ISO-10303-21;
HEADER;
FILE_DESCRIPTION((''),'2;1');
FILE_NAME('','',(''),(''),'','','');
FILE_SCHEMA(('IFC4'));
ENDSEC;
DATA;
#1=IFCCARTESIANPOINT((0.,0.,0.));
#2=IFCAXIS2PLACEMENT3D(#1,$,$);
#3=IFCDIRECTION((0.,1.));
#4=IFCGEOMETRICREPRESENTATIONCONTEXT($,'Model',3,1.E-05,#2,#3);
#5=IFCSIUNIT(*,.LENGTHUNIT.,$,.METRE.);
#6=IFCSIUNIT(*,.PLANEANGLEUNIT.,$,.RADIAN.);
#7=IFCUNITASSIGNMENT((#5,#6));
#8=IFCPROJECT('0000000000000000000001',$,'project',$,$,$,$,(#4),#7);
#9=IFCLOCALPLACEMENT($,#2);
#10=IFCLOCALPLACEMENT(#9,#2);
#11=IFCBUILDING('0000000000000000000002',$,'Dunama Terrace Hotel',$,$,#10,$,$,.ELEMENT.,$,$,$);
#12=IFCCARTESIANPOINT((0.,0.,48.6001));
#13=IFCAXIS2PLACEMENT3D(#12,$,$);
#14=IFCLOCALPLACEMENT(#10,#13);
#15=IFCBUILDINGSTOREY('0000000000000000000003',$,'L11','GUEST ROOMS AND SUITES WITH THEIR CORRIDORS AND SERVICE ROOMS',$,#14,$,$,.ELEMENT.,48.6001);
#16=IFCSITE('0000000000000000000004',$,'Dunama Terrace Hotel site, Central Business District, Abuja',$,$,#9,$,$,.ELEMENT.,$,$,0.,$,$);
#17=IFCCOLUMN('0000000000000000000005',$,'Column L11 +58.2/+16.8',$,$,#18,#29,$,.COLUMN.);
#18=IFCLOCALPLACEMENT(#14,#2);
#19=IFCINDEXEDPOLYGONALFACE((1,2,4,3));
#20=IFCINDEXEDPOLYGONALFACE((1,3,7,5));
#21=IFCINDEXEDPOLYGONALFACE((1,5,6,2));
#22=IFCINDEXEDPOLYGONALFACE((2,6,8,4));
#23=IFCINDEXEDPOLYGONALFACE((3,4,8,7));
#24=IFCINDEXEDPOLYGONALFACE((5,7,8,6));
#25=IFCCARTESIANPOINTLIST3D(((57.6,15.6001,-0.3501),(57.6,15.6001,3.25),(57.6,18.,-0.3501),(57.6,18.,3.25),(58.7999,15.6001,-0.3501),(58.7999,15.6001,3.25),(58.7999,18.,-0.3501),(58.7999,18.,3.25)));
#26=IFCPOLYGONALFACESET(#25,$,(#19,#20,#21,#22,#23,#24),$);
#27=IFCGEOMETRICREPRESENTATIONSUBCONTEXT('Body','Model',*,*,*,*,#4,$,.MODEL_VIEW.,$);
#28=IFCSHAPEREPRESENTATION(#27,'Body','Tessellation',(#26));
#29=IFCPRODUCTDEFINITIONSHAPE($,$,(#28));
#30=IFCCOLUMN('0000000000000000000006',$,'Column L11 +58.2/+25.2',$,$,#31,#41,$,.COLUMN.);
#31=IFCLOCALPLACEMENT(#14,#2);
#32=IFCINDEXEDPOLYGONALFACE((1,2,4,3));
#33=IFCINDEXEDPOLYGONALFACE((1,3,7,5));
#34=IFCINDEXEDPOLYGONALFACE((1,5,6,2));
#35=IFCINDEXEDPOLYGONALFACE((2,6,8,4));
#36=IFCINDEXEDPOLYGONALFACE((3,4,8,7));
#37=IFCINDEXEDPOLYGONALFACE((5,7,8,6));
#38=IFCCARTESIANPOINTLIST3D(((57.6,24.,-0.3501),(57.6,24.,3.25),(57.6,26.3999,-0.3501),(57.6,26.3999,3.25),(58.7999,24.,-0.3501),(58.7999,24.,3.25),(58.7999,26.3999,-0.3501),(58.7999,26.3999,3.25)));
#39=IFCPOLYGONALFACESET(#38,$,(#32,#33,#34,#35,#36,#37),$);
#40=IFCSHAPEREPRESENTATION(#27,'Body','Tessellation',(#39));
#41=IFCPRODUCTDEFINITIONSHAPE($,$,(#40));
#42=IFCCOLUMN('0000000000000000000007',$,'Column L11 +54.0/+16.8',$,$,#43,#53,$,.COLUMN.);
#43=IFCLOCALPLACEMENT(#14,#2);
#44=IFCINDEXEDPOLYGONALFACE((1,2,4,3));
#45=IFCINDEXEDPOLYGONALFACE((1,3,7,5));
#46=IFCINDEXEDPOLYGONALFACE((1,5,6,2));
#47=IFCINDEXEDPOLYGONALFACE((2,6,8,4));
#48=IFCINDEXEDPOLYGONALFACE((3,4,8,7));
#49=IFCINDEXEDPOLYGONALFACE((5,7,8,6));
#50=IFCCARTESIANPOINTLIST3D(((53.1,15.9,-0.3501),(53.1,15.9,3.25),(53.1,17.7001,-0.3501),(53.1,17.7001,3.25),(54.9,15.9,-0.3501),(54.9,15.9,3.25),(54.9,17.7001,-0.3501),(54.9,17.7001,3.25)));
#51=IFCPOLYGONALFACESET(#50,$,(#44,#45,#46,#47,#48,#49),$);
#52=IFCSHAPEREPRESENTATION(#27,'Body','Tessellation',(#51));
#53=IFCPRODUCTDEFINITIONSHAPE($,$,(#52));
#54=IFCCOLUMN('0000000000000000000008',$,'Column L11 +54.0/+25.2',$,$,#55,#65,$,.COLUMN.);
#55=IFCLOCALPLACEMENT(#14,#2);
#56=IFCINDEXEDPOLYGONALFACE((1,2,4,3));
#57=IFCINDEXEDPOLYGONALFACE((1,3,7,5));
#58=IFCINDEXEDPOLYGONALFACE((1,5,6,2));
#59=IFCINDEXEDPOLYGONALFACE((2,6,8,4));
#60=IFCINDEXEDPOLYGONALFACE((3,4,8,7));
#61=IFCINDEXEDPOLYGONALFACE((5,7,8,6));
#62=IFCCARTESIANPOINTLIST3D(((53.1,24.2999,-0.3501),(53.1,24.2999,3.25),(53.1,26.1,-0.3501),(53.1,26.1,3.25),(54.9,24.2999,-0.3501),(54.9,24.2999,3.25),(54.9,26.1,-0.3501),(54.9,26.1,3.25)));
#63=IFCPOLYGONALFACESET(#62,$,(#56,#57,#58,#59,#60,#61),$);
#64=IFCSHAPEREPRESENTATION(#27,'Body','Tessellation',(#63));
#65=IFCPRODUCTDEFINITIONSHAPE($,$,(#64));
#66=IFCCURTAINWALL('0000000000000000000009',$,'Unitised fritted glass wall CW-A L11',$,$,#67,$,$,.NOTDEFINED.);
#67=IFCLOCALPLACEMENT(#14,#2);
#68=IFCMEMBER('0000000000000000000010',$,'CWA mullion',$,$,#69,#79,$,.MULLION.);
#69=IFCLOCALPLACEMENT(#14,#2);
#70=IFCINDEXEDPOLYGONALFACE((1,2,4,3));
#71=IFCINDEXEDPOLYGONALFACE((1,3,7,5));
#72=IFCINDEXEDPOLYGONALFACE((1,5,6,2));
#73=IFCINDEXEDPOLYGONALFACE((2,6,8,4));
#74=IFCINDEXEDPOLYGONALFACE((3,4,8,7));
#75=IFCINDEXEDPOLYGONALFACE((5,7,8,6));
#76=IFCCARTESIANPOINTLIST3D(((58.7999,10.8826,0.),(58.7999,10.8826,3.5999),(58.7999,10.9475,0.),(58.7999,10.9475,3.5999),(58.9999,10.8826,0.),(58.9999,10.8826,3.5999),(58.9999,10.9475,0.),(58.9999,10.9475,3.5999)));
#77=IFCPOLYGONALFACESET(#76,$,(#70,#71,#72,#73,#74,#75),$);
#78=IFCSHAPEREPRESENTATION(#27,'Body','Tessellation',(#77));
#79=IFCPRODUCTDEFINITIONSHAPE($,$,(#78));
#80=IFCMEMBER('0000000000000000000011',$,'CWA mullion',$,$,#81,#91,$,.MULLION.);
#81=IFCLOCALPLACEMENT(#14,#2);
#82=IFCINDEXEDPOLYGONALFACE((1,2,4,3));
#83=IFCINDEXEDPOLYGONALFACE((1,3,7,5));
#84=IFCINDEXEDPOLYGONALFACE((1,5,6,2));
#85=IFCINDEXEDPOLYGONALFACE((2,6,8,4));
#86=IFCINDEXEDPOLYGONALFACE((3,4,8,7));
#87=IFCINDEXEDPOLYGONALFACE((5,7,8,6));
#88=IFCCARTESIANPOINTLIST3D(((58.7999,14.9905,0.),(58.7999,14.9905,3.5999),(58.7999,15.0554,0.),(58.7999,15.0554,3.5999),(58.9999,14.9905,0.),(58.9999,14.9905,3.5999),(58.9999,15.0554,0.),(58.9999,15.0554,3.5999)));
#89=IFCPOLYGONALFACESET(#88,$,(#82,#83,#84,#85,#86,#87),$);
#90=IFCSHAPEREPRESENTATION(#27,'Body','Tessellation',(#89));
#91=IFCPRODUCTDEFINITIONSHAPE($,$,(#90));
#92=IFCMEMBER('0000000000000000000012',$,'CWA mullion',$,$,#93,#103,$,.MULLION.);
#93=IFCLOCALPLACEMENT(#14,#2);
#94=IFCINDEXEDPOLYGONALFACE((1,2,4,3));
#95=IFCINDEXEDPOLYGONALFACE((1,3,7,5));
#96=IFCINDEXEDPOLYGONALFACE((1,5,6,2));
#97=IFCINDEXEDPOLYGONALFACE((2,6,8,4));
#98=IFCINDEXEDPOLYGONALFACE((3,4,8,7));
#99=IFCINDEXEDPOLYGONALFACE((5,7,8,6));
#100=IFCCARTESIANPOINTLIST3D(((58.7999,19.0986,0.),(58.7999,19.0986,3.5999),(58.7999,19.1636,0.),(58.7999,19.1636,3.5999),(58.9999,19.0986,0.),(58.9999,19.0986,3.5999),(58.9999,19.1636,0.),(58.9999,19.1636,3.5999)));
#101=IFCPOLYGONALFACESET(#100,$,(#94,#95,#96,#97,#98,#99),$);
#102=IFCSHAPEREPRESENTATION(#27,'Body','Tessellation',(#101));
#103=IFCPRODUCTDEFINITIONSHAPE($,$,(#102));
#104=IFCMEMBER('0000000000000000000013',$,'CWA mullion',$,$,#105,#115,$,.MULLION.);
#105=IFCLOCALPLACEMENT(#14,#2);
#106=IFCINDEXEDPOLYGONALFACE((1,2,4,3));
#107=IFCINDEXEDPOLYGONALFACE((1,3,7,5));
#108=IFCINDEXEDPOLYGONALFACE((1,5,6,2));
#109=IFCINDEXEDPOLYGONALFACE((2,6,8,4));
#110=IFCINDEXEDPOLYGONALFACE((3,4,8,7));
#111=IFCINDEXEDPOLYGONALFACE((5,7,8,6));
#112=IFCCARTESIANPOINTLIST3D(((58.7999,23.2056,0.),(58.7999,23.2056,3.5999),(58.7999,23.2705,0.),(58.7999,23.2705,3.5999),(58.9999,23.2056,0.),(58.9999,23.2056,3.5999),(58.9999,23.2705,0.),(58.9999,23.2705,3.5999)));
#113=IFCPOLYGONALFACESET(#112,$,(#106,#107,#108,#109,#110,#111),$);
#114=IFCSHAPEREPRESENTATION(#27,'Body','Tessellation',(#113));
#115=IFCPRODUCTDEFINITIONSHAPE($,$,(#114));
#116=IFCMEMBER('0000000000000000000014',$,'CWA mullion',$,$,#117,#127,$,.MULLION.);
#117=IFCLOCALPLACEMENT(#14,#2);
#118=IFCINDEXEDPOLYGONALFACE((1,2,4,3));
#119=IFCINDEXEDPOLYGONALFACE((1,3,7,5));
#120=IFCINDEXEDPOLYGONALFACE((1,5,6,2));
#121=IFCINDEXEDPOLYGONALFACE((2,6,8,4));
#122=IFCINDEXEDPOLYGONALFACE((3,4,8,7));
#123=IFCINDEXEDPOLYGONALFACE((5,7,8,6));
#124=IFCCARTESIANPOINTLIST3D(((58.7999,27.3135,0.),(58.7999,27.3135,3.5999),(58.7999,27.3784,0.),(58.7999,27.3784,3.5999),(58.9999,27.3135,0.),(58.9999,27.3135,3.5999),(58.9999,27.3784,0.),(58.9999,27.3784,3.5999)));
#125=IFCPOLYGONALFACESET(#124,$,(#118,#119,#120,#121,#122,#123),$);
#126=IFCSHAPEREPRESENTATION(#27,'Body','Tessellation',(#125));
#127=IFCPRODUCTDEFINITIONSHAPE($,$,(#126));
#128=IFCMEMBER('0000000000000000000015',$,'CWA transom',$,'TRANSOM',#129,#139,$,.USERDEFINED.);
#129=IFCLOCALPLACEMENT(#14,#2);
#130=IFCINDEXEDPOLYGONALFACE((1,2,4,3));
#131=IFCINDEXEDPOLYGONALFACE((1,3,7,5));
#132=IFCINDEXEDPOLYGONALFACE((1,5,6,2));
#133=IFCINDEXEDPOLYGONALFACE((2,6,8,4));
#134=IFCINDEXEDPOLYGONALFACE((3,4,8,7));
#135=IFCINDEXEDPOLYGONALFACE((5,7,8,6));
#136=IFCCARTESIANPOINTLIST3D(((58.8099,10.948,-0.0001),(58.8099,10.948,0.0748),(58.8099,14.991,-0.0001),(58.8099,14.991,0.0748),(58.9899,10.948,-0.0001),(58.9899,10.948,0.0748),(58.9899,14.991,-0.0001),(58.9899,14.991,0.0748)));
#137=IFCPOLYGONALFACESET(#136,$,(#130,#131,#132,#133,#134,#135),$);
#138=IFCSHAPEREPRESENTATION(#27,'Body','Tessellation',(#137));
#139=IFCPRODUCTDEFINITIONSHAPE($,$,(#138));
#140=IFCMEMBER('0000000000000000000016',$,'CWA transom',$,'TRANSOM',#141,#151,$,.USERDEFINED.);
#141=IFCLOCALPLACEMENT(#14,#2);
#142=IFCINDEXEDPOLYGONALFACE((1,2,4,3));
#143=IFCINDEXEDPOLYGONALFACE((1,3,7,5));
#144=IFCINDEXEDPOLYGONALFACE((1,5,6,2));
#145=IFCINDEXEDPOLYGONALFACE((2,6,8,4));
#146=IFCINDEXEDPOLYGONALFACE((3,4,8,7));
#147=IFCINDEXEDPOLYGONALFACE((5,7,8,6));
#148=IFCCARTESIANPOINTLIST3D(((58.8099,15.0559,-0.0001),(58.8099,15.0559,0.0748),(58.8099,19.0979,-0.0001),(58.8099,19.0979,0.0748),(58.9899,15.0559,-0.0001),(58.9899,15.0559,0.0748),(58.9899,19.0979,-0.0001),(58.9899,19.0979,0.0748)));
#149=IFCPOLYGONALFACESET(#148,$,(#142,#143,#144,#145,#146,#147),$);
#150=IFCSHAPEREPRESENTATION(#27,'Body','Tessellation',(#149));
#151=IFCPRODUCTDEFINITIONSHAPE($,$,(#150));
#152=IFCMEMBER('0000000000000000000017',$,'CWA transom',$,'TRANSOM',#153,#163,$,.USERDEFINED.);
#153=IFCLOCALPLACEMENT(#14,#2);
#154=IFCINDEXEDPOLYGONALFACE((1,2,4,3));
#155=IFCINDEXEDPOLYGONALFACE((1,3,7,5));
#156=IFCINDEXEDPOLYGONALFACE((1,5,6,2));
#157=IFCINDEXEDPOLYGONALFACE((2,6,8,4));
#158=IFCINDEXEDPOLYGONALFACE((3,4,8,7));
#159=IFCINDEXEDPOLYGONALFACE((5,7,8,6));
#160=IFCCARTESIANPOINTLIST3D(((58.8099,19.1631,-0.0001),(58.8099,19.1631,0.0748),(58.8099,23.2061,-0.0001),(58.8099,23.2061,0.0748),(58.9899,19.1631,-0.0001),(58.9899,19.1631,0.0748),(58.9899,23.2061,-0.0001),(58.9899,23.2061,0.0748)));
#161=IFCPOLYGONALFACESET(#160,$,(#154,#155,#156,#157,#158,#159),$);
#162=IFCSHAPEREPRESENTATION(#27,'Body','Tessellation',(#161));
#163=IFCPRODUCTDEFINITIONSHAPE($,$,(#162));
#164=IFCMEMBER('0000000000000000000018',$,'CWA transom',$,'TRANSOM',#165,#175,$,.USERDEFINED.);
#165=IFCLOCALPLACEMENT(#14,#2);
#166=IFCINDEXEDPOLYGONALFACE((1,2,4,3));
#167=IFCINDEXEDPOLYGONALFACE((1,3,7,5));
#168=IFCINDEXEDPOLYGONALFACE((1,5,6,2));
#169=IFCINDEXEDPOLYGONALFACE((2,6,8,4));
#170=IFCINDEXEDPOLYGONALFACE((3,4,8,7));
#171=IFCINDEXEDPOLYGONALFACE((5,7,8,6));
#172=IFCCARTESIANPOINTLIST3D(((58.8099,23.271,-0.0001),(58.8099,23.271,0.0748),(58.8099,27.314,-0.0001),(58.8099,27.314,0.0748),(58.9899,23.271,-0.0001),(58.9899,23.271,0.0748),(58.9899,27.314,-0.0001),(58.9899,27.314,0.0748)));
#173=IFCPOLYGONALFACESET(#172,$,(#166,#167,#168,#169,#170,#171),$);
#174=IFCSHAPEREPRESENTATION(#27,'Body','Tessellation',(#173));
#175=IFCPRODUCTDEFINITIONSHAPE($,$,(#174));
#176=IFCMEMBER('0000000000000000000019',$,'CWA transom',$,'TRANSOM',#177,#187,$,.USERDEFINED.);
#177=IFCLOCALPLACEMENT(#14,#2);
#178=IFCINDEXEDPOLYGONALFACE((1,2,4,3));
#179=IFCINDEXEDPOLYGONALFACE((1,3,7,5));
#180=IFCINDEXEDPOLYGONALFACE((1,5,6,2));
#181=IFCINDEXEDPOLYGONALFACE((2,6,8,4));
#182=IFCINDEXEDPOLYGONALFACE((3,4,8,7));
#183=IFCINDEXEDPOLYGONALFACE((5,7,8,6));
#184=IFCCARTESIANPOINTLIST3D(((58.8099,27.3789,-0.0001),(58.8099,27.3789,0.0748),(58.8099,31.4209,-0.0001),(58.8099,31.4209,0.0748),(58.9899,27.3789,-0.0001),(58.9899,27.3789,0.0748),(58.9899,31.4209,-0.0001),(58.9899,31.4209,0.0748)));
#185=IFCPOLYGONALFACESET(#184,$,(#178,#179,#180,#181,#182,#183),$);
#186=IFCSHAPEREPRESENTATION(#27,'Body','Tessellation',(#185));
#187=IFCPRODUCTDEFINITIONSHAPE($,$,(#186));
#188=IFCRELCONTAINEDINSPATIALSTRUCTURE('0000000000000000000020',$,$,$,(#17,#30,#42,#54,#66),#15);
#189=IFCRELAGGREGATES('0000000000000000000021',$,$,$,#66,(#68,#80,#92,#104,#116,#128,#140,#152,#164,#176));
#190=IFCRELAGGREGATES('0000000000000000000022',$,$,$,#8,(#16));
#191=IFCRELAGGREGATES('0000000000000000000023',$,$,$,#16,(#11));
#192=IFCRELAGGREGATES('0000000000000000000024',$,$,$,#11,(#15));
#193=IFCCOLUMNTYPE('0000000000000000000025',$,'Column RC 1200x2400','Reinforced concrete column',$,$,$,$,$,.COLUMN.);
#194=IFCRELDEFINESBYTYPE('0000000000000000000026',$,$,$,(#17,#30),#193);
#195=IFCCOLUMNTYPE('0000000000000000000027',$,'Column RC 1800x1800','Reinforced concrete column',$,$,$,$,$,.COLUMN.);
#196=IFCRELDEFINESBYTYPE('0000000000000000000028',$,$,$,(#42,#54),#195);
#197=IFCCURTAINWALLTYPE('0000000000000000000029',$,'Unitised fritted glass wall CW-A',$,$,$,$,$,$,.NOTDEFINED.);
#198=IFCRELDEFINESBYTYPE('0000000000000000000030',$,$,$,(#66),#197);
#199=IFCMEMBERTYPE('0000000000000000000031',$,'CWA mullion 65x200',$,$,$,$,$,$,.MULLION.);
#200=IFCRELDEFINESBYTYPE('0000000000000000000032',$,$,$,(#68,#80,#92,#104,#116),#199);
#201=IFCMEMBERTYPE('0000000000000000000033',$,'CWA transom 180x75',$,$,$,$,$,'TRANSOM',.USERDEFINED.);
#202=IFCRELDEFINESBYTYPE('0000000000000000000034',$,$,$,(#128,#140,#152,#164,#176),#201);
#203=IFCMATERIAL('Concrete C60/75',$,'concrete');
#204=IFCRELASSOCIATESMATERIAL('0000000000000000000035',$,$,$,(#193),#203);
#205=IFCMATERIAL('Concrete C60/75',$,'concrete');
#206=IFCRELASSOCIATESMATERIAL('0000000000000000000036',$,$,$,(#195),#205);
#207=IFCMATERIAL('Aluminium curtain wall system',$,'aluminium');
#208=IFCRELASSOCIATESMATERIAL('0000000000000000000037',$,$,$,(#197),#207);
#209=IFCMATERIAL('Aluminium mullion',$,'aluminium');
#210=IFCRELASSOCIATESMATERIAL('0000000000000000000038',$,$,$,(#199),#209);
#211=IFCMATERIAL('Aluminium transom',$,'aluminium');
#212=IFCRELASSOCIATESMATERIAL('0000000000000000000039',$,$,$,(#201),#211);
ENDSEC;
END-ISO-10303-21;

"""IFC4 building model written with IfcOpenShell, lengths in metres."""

from ifc_helpers import new_model, si_unit, direction, frame, origin, origin_2d, place, context, subcontext, project, spatial, rectangle, extrude, material, material_profile, profile_set, type_object, element, aggregate, save


model = new_model("IFC4")

# Units and contexts
model_context = context("Model", 3, precision=1e-05, world=origin(), true_north=direction((0.0, 1.0)))
body_context = subcontext(model_context, "Body", "Model", "MODEL_VIEW")
ifc_project = project(units=[si_unit("LENGTHUNIT", "METRE"), si_unit("PLANEANGLEUNIT", "RADIAN")], contexts=[model_context])

# Site, building, storey
site_placement = place(None, origin())
site = spatial("IfcSite", under=ifc_project, at=site_placement, Name="Dunama Terrace Hotel site, Central Business District, Abuja", CompositionType="ELEMENT", RefElevation=0.0)
building_placement = place(site_placement, origin())
building = spatial("IfcBuilding", under=site, at=building_placement, Name="Dunama Terrace Hotel", CompositionType="ELEMENT")
storey_placement = place(building_placement, frame((0.0, 0.0, 48.6001)))
storey = spatial("IfcBuildingStorey", under=building, at=storey_placement, Name="L11", Description="GUEST ROOMS AND SUITES WITH THEIR CORRIDORS AND SERVICE ROOMS", CompositionType="ELEMENT", Elevation=48.6001)

# Columns
ifc_material_1 = material(Name="Concrete C60/75", Category="concrete")
ifc_material_profile_1 = material_profile(ifc_material_1, rectangle(XDim=1.2, YDim=2.3999, at=origin_2d()), Name="RC 1200x2400")
ifc_profile_set_1 = profile_set([ifc_material_profile_1], Name="Concrete C60/75")
column_type_1 = type_object("IfcColumnType", Name="Column RC 1200x2400", Description="Reinforced concrete column", PredefinedType="COLUMN", material=ifc_profile_set_1)
for number, where, z_axis, x_axis, name in (
    (1, (58.2, 16.8, -0.3501), (0.0, 0.0, 1.0), (1.0, 0.0, 0.0), "Column L11 +58.2/+16.8"),
    (2, (58.2, 25.2, -0.3501), (0.0, 0.0, 1.0), (1.0, 0.0, 0.0), "Column L11 +58.2/+25.2"),
):
    element("IfcColumn", number, at=place(storey_placement, frame(where, z_axis=z_axis, x_axis=x_axis)), inside=storey, type_object=column_type_1, Name=name, PredefinedType="COLUMN", context=body_context, shape_type="SweptSolid", body=[
        extrude(rectangle(XDim=1.2, YDim=2.3999, at=origin_2d()), origin(), (0.0, 0.0, 1.0), 3.6001),
    ])
ifc_material_2 = material(Name="Concrete C60/75", Category="concrete")
ifc_material_profile_2 = material_profile(ifc_material_2, rectangle(XDim=1.8, YDim=1.8, at=origin_2d()), Name="RC 1800x1800")
ifc_profile_set_2 = profile_set([ifc_material_profile_2], Name="Concrete C60/75")
column_type_2 = type_object("IfcColumnType", Name="Column RC 1800x1800", Description="Reinforced concrete column", PredefinedType="COLUMN", material=ifc_profile_set_2)
for number, where, z_axis, x_axis, name in (
    (3, (54.0, 16.8, -0.3501), (0.0, 0.0, 1.0), (1.0, 0.0, 0.0), "Column L11 +54.0/+16.8"),
    (4, (54.0, 25.2, -0.3501), (0.0, 0.0, 1.0), (1.0, 0.0, 0.0), "Column L11 +54.0/+25.2"),
):
    element("IfcColumn", number, at=place(storey_placement, frame(where, z_axis=z_axis, x_axis=x_axis)), inside=storey, type_object=column_type_2, Name=name, PredefinedType="COLUMN", context=body_context, shape_type="SweptSolid", body=[
        extrude(rectangle(XDim=1.8, YDim=1.8, at=origin_2d()), origin(), (0.0, 0.0, 1.0), 3.6001),
    ])

# Curtain wall, members
ifc_material_3 = material(Name="Aluminium curtain wall system", Category="aluminium")
curtain_wall_type = type_object("IfcCurtainWallType", Name="Unitised fritted glass wall CW-A", PredefinedType="NOTDEFINED", material=ifc_material_3)
curtain_wall_placement = place(storey_placement, origin())
curtain_wall = element("IfcCurtainWall", 5, at=curtain_wall_placement, inside=storey, type_object=curtain_wall_type, Name="Unitised fritted glass wall CW-A L11", PredefinedType="NOTDEFINED")
ifc_material_4 = material(Name="Aluminium mullion", Category="aluminium")
ifc_material_profile_3 = material_profile(ifc_material_4, rectangle(XDim=0.0649, YDim=0.2, at=origin_2d()), Name="CWA MULLION 65X200")
ifc_profile_set_3 = profile_set([ifc_material_profile_3], Name="Aluminium mullion")
member_type_1 = type_object("IfcMemberType", Name="CWA mullion 65x200", PredefinedType="MULLION", material=ifc_profile_set_3)
member_1_placement = place(storey_placement, frame((58.8999, 10.915, 0.0), z_axis=(0.0, 0.0, 1.0), x_axis=(0.0, 1.0, 0.0)))
member_1 = element("IfcMember", 6, at=member_1_placement, type_object=member_type_1, Name="CWA mullion", PredefinedType="MULLION", context=body_context, shape_type="SweptSolid", body=[
    extrude(rectangle(XDim=0.0649, YDim=0.2, at=origin_2d()), origin(), (0.0, 0.0, 1.0), 3.5999),
])
member_2_placement = place(storey_placement, frame((58.8999, 15.0229, 0.0), z_axis=(0.0, 0.0, 1.0), x_axis=(0.0, 1.0, 0.0)))
member_2 = element("IfcMember", 7, at=member_2_placement, type_object=member_type_1, Name="CWA mullion", PredefinedType="MULLION", context=body_context, shape_type="SweptSolid", body=[
    extrude(rectangle(XDim=0.0649, YDim=0.2, at=origin_2d()), origin(), (0.0, 0.0, 1.0), 3.5999),
])
member_3_placement = place(storey_placement, frame((58.8999, 19.1311, 0.0), z_axis=(0.0, 0.0, 1.0), x_axis=(0.0, 1.0, 0.0)))
member_3 = element("IfcMember", 8, at=member_3_placement, type_object=member_type_1, Name="CWA mullion", PredefinedType="MULLION", context=body_context, shape_type="SweptSolid", body=[
    extrude(rectangle(XDim=0.0649, YDim=0.2, at=origin_2d()), origin(), (0.0, 0.0, 1.0), 3.5999),
])
member_4_placement = place(storey_placement, frame((58.8999, 23.238, 0.0), z_axis=(0.0, 0.0, 1.0), x_axis=(0.0, 1.0, 0.0)))
member_4 = element("IfcMember", 9, at=member_4_placement, type_object=member_type_1, Name="CWA mullion", PredefinedType="MULLION", context=body_context, shape_type="SweptSolid", body=[
    extrude(rectangle(XDim=0.0649, YDim=0.2, at=origin_2d()), origin(), (0.0, 0.0, 1.0), 3.5999),
])
member_5_placement = place(storey_placement, frame((58.8999, 27.3459, 0.0), z_axis=(0.0, 0.0, 1.0), x_axis=(0.0, 1.0, 0.0)))
member_5 = element("IfcMember", 10, at=member_5_placement, type_object=member_type_1, Name="CWA mullion", PredefinedType="MULLION", context=body_context, shape_type="SweptSolid", body=[
    extrude(rectangle(XDim=0.0649, YDim=0.2, at=origin_2d()), origin(), (0.0, 0.0, 1.0), 3.5999),
])
ifc_material_5 = material(Name="Aluminium transom", Category="aluminium")
ifc_material_profile_4 = material_profile(ifc_material_5, rectangle(XDim=0.1799, YDim=0.075, at=origin_2d()), Name="CWA TRANSOM 180X75")
ifc_profile_set_4 = profile_set([ifc_material_profile_4], Name="Aluminium transom")
member_type_2 = type_object("IfcMemberType", Name="CWA transom 180x75", ElementType="TRANSOM", PredefinedType="USERDEFINED", material=ifc_profile_set_4)
member_6_placement = place(storey_placement, frame((58.8999, 10.948, 0.0374), z_axis=(0.0, 1.0, 0.0), x_axis=(-1.0, 0.0, 0.0)))
member_6 = element("IfcMember", 11, at=member_6_placement, type_object=member_type_2, Name="CWA transom", ObjectType="TRANSOM", PredefinedType="USERDEFINED", context=body_context, shape_type="SweptSolid", body=[
    extrude(rectangle(XDim=0.1799, YDim=0.075, at=origin_2d()), origin(), (0.0, 0.0, 1.0), 4.043),
])
member_7_placement = place(storey_placement, frame((58.8999, 15.0559, 0.0374), z_axis=(0.0, 1.0, 0.0), x_axis=(-1.0, 0.0, 0.0)))
member_7 = element("IfcMember", 12, at=member_7_placement, type_object=member_type_2, Name="CWA transom", ObjectType="TRANSOM", PredefinedType="USERDEFINED", context=body_context, shape_type="SweptSolid", body=[
    extrude(rectangle(XDim=0.1799, YDim=0.075, at=origin_2d()), origin(), (0.0, 0.0, 1.0), 4.042),
])
member_8_placement = place(storey_placement, frame((58.8999, 19.1631, 0.0374), z_axis=(0.0, 1.0, 0.0), x_axis=(-1.0, 0.0, 0.0)))
member_8 = element("IfcMember", 13, at=member_8_placement, type_object=member_type_2, Name="CWA transom", ObjectType="TRANSOM", PredefinedType="USERDEFINED", context=body_context, shape_type="SweptSolid", body=[
    extrude(rectangle(XDim=0.1799, YDim=0.075, at=origin_2d()), origin(), (0.0, 0.0, 1.0), 4.043),
])
member_9_placement = place(storey_placement, frame((58.8999, 23.271, 0.0374), z_axis=(0.0, 1.0, 0.0), x_axis=(-1.0, 0.0, 0.0)))
member_9 = element("IfcMember", 14, at=member_9_placement, type_object=member_type_2, Name="CWA transom", ObjectType="TRANSOM", PredefinedType="USERDEFINED", context=body_context, shape_type="SweptSolid", body=[
    extrude(rectangle(XDim=0.1799, YDim=0.075, at=origin_2d()), origin(), (0.0, 0.0, 1.0), 4.043),
])
member_10_placement = place(storey_placement, frame((58.8999, 27.3789, 0.0374), z_axis=(0.0, 1.0, 0.0), x_axis=(-1.0, 0.0, 0.0)))
member_10 = element("IfcMember", 15, at=member_10_placement, type_object=member_type_2, Name="CWA transom", ObjectType="TRANSOM", PredefinedType="USERDEFINED", context=body_context, shape_type="SweptSolid", body=[
    extrude(rectangle(XDim=0.1799, YDim=0.075, at=origin_2d()), origin(), (0.0, 0.0, 1.0), 4.042),
])

aggregate(curtain_wall, [member_1, member_2, member_3, member_4, member_5, member_6, member_7, member_8, member_9, member_10])

save(model, "model.ifc")
